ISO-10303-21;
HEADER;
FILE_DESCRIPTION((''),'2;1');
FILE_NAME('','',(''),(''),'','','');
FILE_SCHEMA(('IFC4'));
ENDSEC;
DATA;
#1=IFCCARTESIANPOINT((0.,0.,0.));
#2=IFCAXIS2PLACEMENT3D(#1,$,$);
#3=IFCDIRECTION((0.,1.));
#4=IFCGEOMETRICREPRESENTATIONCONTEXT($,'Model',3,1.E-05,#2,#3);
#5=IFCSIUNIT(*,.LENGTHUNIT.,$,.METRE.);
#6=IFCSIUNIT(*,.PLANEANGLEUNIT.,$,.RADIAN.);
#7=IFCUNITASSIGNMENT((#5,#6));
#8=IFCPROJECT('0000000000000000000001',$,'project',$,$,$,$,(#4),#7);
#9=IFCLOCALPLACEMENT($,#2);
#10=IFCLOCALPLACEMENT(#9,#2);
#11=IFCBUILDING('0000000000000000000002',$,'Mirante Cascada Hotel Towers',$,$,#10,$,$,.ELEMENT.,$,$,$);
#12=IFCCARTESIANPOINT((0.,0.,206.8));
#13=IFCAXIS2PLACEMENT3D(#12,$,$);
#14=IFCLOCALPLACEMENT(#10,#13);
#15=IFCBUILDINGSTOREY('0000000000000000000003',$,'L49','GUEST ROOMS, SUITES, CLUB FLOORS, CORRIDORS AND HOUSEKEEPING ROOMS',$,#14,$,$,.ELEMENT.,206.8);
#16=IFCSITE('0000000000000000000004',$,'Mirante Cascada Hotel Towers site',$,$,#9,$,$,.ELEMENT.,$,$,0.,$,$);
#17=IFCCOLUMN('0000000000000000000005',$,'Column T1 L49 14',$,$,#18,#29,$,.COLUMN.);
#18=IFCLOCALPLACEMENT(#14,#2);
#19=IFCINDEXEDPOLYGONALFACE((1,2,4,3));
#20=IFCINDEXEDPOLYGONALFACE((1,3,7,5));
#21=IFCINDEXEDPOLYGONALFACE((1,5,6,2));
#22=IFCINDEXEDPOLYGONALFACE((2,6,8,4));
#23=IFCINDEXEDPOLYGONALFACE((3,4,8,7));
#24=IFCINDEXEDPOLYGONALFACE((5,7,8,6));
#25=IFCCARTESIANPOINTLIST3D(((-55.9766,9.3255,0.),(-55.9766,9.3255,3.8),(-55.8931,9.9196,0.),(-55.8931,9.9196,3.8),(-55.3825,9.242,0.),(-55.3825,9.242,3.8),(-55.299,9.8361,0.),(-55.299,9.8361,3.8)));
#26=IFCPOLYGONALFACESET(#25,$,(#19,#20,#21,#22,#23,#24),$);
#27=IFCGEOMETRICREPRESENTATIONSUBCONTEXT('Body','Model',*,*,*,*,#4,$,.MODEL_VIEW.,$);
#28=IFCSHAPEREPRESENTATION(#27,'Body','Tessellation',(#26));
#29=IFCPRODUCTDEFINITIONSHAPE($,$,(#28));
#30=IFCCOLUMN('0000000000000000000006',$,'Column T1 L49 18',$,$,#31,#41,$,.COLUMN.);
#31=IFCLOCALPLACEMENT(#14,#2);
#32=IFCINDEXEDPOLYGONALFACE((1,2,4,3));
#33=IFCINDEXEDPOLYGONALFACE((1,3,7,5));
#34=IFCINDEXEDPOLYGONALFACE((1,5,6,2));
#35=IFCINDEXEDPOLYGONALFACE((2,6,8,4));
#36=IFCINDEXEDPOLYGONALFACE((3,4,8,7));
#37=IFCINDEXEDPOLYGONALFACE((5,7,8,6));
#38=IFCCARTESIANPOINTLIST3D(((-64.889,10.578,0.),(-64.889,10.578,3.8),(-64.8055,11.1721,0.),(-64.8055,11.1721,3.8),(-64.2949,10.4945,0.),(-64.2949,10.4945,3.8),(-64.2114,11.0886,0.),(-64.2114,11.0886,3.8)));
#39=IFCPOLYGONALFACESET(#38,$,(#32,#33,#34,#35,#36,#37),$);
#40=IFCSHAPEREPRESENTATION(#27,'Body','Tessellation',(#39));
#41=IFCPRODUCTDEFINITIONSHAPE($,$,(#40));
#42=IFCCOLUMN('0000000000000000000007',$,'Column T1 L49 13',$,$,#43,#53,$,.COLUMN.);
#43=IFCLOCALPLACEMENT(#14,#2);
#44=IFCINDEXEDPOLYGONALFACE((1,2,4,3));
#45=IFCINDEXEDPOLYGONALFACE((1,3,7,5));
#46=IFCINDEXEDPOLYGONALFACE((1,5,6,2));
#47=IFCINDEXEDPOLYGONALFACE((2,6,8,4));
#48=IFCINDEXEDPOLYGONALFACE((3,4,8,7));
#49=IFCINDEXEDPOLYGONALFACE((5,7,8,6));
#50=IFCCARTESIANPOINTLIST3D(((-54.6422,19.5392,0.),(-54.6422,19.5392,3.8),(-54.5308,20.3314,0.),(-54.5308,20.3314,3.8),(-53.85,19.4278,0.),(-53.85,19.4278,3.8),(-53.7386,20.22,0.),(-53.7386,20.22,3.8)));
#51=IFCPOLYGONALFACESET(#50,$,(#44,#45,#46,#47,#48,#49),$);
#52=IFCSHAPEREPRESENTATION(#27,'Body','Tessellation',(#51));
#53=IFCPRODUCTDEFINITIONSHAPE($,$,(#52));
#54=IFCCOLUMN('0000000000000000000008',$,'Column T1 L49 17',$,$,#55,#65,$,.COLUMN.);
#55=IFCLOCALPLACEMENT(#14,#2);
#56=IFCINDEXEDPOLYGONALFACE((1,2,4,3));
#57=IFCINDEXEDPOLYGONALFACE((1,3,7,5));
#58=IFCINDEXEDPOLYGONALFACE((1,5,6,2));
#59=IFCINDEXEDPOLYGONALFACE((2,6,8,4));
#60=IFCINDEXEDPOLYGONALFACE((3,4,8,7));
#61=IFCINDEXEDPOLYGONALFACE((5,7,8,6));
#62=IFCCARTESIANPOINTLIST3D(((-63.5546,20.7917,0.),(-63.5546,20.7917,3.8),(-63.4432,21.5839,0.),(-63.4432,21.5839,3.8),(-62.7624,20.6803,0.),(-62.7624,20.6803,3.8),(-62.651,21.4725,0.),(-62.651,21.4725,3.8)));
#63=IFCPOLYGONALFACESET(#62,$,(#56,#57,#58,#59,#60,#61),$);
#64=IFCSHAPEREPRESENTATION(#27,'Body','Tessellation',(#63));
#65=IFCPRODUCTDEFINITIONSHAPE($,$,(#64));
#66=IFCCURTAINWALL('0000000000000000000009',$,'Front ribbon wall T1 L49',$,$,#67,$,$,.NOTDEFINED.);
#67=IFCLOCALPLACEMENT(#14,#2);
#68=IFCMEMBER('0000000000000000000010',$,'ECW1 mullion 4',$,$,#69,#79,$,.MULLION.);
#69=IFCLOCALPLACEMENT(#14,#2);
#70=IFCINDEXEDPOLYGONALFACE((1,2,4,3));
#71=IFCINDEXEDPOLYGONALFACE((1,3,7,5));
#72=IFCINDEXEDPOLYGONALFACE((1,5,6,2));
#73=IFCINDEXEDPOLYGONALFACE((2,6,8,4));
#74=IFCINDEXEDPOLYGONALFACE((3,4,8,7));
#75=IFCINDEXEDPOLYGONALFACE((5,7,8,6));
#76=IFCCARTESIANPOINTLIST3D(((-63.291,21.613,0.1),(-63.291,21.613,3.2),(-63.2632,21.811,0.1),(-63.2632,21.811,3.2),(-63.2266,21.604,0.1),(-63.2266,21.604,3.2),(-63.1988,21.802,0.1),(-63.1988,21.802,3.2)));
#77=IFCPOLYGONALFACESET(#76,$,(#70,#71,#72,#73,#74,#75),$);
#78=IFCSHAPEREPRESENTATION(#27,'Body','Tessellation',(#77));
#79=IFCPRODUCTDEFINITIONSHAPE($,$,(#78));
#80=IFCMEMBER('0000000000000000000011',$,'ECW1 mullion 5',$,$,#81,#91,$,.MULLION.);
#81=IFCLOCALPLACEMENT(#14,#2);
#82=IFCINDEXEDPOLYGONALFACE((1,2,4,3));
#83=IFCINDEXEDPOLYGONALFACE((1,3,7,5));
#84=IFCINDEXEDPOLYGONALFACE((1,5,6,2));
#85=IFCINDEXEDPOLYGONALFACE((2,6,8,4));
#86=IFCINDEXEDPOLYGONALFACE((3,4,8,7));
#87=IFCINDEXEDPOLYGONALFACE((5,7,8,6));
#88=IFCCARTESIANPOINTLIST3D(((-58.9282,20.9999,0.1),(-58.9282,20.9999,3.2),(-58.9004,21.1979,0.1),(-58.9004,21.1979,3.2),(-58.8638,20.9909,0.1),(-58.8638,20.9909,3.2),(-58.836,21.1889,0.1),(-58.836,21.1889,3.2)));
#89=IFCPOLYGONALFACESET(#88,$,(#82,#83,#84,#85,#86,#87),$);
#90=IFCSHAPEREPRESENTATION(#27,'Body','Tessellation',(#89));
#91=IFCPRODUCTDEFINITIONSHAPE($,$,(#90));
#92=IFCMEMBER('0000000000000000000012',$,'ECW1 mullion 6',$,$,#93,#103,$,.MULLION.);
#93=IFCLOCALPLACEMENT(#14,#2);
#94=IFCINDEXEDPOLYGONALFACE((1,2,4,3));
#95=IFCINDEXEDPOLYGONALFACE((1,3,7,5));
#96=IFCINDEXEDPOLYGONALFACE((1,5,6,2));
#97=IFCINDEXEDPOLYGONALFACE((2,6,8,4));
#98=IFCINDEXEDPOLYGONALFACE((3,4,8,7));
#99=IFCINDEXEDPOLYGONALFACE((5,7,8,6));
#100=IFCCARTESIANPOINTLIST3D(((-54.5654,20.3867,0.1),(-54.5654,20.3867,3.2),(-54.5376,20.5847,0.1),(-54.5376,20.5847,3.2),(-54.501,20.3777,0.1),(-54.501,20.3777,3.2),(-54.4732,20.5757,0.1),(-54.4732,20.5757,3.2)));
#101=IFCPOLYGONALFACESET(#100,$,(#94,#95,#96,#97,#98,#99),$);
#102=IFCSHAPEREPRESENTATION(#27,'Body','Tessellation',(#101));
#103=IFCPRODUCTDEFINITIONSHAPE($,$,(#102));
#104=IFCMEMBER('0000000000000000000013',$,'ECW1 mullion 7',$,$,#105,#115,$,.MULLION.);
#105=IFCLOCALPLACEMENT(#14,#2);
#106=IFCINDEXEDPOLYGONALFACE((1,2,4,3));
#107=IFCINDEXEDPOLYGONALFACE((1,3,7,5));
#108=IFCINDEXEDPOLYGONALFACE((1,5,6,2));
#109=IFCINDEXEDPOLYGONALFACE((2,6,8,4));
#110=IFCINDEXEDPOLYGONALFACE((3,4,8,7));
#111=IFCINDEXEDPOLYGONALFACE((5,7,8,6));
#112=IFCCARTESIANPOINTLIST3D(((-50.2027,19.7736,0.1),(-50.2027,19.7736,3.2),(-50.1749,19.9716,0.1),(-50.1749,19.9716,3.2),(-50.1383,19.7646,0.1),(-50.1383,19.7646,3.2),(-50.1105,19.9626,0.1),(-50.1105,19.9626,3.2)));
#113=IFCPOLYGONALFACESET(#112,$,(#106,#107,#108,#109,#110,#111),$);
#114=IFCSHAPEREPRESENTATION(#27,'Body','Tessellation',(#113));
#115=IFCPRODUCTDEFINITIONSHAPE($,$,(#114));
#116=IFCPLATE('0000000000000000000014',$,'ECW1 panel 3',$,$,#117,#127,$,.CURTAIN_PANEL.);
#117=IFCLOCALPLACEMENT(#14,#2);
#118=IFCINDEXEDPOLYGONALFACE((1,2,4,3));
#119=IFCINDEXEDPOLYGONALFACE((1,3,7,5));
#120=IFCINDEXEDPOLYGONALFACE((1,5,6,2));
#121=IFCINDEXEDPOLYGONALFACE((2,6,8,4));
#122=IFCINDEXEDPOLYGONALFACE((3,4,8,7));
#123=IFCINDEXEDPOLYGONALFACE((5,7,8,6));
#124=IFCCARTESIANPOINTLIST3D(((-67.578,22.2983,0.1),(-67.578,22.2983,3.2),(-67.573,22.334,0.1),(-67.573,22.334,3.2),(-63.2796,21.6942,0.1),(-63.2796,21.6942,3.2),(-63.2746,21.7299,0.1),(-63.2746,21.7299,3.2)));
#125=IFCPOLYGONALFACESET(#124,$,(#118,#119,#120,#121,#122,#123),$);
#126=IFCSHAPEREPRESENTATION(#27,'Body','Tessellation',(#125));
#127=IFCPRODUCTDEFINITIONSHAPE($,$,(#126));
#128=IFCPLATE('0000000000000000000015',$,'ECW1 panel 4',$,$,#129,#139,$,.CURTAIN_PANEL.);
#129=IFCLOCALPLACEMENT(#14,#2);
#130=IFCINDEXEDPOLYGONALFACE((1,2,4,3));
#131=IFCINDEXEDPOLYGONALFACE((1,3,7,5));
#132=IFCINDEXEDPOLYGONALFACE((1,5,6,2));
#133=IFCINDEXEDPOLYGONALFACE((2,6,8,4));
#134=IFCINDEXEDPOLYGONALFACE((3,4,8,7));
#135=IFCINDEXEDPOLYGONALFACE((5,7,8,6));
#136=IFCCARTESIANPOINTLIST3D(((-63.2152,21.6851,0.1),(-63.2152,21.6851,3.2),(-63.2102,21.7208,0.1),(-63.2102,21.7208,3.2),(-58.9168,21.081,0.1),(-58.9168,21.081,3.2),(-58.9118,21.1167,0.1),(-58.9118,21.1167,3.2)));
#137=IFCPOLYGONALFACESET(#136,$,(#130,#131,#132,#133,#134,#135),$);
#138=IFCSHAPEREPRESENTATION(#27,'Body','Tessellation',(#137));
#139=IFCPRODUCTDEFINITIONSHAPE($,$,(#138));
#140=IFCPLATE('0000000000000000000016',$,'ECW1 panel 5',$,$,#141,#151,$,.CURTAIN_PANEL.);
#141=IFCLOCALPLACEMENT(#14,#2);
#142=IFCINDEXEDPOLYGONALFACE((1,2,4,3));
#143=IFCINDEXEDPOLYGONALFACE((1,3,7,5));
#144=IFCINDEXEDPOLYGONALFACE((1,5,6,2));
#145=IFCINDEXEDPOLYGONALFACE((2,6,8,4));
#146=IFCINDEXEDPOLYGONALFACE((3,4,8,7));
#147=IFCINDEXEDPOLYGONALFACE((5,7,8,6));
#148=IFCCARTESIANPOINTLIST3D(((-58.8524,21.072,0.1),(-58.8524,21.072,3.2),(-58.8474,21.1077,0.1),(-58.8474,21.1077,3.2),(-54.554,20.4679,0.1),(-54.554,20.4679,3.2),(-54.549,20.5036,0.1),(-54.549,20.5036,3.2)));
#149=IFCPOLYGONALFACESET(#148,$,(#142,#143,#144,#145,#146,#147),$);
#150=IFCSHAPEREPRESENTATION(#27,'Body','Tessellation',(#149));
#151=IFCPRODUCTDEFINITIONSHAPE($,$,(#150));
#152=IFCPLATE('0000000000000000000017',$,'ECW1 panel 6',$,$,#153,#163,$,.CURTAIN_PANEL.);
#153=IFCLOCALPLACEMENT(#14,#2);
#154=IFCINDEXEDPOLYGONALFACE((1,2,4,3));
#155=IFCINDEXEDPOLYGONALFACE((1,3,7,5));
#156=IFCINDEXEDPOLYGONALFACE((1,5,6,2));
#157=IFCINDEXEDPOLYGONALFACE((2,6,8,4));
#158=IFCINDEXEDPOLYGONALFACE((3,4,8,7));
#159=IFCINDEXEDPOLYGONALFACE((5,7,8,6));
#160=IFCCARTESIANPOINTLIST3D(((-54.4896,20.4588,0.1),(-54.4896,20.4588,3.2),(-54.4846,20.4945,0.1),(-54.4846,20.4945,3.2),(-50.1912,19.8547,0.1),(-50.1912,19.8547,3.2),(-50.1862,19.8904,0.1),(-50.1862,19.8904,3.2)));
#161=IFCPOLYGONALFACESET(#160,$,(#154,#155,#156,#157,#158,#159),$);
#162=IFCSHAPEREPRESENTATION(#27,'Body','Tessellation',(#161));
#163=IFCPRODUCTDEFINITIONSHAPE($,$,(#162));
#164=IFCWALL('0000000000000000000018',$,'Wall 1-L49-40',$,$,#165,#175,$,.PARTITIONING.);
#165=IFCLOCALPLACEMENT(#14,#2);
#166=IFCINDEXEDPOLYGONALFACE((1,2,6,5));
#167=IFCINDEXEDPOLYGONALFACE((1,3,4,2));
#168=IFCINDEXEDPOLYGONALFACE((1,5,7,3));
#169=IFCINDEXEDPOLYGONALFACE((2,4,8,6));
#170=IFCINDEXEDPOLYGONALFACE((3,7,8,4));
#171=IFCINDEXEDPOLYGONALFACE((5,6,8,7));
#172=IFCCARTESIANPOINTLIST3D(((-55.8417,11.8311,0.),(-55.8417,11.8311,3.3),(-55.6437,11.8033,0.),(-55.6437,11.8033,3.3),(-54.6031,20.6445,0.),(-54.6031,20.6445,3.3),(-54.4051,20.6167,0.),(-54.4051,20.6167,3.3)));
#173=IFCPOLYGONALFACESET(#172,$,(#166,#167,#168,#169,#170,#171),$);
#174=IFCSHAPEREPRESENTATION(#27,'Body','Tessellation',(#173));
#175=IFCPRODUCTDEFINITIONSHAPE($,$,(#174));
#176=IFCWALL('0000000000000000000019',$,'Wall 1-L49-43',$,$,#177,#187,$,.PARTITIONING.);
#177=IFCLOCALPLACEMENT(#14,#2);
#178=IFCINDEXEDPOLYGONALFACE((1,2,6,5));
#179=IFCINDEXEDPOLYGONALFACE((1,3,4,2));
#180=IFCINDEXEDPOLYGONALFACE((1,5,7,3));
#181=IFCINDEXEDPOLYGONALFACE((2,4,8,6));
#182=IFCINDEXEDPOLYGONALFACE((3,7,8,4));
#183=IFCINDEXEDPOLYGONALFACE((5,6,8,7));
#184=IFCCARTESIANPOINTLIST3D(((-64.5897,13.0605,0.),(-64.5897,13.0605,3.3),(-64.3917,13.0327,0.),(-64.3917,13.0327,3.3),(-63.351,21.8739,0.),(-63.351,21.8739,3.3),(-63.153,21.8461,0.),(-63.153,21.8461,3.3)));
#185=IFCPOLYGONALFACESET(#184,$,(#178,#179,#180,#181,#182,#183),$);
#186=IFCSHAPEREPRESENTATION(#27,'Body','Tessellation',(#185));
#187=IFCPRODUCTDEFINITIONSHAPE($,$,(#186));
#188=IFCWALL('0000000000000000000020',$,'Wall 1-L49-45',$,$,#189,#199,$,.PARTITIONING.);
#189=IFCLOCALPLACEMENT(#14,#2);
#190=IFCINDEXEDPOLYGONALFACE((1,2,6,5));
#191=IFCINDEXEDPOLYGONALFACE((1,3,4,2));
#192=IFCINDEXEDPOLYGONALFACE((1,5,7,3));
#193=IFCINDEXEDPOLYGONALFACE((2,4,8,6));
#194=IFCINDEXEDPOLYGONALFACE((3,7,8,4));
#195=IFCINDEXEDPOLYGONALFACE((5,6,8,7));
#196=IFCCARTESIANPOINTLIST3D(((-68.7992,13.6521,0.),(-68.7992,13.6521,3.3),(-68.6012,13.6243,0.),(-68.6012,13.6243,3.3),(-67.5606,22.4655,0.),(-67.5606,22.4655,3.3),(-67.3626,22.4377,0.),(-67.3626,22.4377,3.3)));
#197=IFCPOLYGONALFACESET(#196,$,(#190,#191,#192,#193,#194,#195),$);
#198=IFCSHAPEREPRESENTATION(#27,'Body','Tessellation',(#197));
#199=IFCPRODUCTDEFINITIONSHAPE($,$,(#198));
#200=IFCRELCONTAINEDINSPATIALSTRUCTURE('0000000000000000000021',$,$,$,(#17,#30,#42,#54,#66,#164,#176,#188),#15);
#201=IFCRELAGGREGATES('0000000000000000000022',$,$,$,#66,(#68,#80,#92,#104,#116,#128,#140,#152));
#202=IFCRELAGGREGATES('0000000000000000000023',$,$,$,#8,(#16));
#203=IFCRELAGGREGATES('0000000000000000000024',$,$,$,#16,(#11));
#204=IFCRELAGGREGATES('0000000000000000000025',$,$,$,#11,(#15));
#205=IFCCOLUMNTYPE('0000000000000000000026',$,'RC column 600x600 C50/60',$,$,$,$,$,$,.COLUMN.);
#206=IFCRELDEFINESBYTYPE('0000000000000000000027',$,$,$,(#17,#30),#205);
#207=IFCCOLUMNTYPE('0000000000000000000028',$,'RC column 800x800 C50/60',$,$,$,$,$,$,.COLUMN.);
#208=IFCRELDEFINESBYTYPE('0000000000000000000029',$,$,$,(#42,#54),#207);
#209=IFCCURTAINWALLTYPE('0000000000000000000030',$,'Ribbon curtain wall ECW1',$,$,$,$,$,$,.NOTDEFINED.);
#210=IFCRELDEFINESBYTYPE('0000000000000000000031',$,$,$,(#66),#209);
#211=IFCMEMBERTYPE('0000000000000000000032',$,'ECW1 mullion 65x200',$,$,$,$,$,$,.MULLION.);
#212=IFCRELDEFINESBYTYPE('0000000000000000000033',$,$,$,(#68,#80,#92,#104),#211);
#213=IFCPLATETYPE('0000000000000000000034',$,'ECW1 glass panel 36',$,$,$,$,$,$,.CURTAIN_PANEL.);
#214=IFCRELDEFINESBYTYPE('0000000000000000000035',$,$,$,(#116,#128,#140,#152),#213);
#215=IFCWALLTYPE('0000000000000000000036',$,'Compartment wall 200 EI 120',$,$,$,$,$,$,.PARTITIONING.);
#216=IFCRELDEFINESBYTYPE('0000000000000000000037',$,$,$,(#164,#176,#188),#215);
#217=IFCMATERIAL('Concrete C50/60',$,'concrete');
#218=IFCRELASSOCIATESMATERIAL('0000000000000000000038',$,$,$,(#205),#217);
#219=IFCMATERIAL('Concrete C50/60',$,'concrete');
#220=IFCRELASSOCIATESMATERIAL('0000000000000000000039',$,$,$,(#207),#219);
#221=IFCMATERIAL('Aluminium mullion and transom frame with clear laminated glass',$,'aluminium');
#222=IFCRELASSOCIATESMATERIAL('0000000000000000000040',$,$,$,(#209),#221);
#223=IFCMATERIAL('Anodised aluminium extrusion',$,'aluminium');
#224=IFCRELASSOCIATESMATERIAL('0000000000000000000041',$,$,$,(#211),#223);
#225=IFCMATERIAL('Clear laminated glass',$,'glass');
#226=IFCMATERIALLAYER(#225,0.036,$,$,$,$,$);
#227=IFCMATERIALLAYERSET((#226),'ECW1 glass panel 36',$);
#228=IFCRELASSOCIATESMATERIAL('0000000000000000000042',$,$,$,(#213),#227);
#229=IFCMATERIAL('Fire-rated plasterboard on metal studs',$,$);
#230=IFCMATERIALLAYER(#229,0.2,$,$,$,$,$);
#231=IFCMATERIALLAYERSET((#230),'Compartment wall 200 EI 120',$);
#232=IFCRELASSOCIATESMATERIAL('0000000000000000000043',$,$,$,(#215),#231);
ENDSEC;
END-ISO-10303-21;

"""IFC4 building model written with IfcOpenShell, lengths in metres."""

from ifc_helpers import new_model, si_unit, direction, frame, frame_2d, origin, origin_2d, place, context, subcontext, project, spatial, rectangle, extrude, material, layer, layer_set, material_profile, profile_set, type_object, element, aggregate, save


model = new_model("IFC4")

# Units and contexts
model_context = context("Model", 3, precision=1e-05, world=origin(), true_north=direction((0.0, 1.0)))
body_context = subcontext(model_context, "Body", "Model", "MODEL_VIEW")
ifc_project = project(units=[si_unit("LENGTHUNIT", "METRE"), si_unit("PLANEANGLEUNIT", "RADIAN")], contexts=[model_context])

# Site, building, storey
site_placement = place(None, origin())
site = spatial("IfcSite", under=ifc_project, at=site_placement, Name="Mirante Cascada Hotel Towers site", CompositionType="ELEMENT", RefElevation=0.0)
building_placement = place(site_placement, origin())
building = spatial("IfcBuilding", under=site, at=building_placement, Name="Mirante Cascada Hotel Towers", CompositionType="ELEMENT")
storey_placement = place(building_placement, frame((0.0, 0.0, 206.8)))
storey = spatial("IfcBuildingStorey", under=building, at=storey_placement, Name="L49", Description="GUEST ROOMS, SUITES, CLUB FLOORS, CORRIDORS AND HOUSEKEEPING ROOMS", CompositionType="ELEMENT", Elevation=206.8)

# Columns
ifc_material_1 = material(Name="Concrete C50/60", Category="concrete")
ifc_material_profile_1 = material_profile(ifc_material_1, rectangle(XDim=0.6, YDim=0.6, at=origin_2d()), Name="RC column 600x600 C50/60")
ifc_profile_set_1 = profile_set([ifc_material_profile_1], Name="Concrete C50/60")
column_type_1 = type_object("IfcColumnType", Name="RC column 600x600 C50/60", PredefinedType="COLUMN", material=ifc_profile_set_1)
for number, where, z_axis, x_axis, name in (
    (1, (-55.6378, 9.5808, 0.0), (0.0, 0.0, 1.0), (-0.990268, 0.139173, 0.0), "Column T1 L49 14"),
    (2, (-64.5502, 10.8333, 0.0), (0.0, 0.0, 1.0), (-0.990268, 0.139173, 0.0), "Column T1 L49 18"),
):
    element("IfcColumn", number, at=place(storey_placement, frame(where, z_axis=z_axis, x_axis=x_axis)), inside=storey, type_object=column_type_1, Name=name, PredefinedType="COLUMN", context=body_context, shape_type="SweptSolid", body=[
        extrude(rectangle(XDim=0.6, YDim=0.6, at=origin_2d()), origin(), (0.0, 0.0, 1.0), 3.8),
    ])
ifc_material_2 = material(Name="Concrete C50/60", Category="concrete")
ifc_material_profile_2 = material_profile(ifc_material_2, rectangle(XDim=0.8, YDim=0.8, at=origin_2d()), Name="RC column 800x800 C50/60")
ifc_profile_set_2 = profile_set([ifc_material_profile_2], Name="Concrete C50/60")
column_type_2 = type_object("IfcColumnType", Name="RC column 800x800 C50/60", PredefinedType="COLUMN", material=ifc_profile_set_2)
for number, where, z_axis, x_axis, name in (
    (3, (-54.1904, 19.8796, 0.0), (0.0, 0.0, 1.0), (-0.990268, 0.139173, 0.0), "Column T1 L49 13"),
    (4, (-63.1028, 21.1321, 0.0), (0.0, 0.0, 1.0), (-0.990268, 0.139173, 0.0), "Column T1 L49 17"),
):
    element("IfcColumn", number, at=place(storey_placement, frame(where, z_axis=z_axis, x_axis=x_axis)), inside=storey, type_object=column_type_2, Name=name, PredefinedType="COLUMN", context=body_context, shape_type="SweptSolid", body=[
        extrude(rectangle(XDim=0.8, YDim=0.8, at=origin_2d()), origin(), (0.0, 0.0, 1.0), 3.8),
    ])

# Curtain wall, members, plates
ifc_material_3 = material(Name="Aluminium mullion and transom frame with clear laminated glass", Category="aluminium")
curtain_wall_type = type_object("IfcCurtainWallType", Name="Ribbon curtain wall ECW1", PredefinedType="NOTDEFINED", material=ifc_material_3)
curtain_wall_placement = place(storey_placement, origin())
curtain_wall = element("IfcCurtainWall", 5, at=curtain_wall_placement, inside=storey, type_object=curtain_wall_type, Name="Front ribbon wall T1 L49", PredefinedType="NOTDEFINED")
ifc_material_4 = material(Name="Anodised aluminium extrusion", Category="aluminium")
ifc_material_profile_3 = material_profile(ifc_material_4, rectangle(XDim=0.2, YDim=0.065, at=origin_2d()), Name="ECW1 MULLION 65x200")
ifc_profile_set_3 = profile_set([ifc_material_profile_3], Name="Anodised aluminium extrusion")
member_type = type_object("IfcMemberType", Name="ECW1 mullion 65x200", PredefinedType="MULLION", material=ifc_profile_set_3)
member_1_placement = place(storey_placement, frame((-63.2449, 21.7075, 0.1), z_axis=(0.0, 0.0, 1.0), x_axis=(0.139173, 0.990268, 0.0)))
member_1 = element("IfcMember", 6, at=member_1_placement, type_object=member_type, Name="ECW1 mullion 4", PredefinedType="MULLION", context=body_context, shape_type="SweptSolid", body=[
    extrude(rectangle(XDim=0.2, YDim=0.065, at=origin_2d()), origin(), (0.0, 0.0, 1.0), 3.1),
])
member_2_placement = place(storey_placement, frame((-58.8821, 21.0944, 0.1), z_axis=(0.0, 0.0, 1.0), x_axis=(0.139173, 0.990268, 0.0)))
member_2 = element("IfcMember", 7, at=member_2_placement, type_object=member_type, Name="ECW1 mullion 5", PredefinedType="MULLION", context=body_context, shape_type="SweptSolid", body=[
    extrude(rectangle(XDim=0.2, YDim=0.065, at=origin_2d()), origin(), (0.0, 0.0, 1.0), 3.1),
])
member_3_placement = place(storey_placement, frame((-54.5193, 20.4812, 0.1), z_axis=(0.0, 0.0, 1.0), x_axis=(0.139173, 0.990268, 0.0)))
member_3 = element("IfcMember", 8, at=member_3_placement, type_object=member_type, Name="ECW1 mullion 6", PredefinedType="MULLION", context=body_context, shape_type="SweptSolid", body=[
    extrude(rectangle(XDim=0.2, YDim=0.065, at=origin_2d()), origin(), (0.0, 0.0, 1.0), 3.1),
])
member_4_placement = place(storey_placement, frame((-50.1566, 19.8681, 0.1), z_axis=(0.0, 0.0, 1.0), x_axis=(0.139173, 0.990268, 0.0)))
member_4 = element("IfcMember", 9, at=member_4_placement, type_object=member_type, Name="ECW1 mullion 7", PredefinedType="MULLION", context=body_context, shape_type="SweptSolid", body=[
    extrude(rectangle(XDim=0.2, YDim=0.065, at=origin_2d()), origin(), (0.0, 0.0, 1.0), 3.1),
])
ifc_material_5 = material(Name="Clear laminated glass", Category="glass")
ifc_layer_1 = layer(ifc_material_5, 0.036)
ifc_layer_set_1 = layer_set([ifc_layer_1], Name="ECW1 glass panel 36")
plate_type = type_object("IfcPlateType", Name="ECW1 glass panel 36", PredefinedType="CURTAIN_PANEL", material=ifc_layer_set_1)
plate_1_placement = place(storey_placement, frame((-65.4263, 22.0141, 0.1), z_axis=(0.0, 0.0, 1.0), x_axis=(0.990268, -0.139173, 0.0)))
plate_1 = element("IfcPlate", 10, at=plate_1_placement, type_object=plate_type, Name="ECW1 panel 3", PredefinedType="CURTAIN_PANEL", context=body_context, shape_type="SweptSolid", body=[
    extrude(rectangle(XDim=4.3407, YDim=0.036, at=origin_2d()), origin(), (0.0, 0.0, 1.0), 3.1),
])
plate_2_placement = place(storey_placement, frame((-61.0635, 21.4009, 0.1), z_axis=(0.0, 0.0, 1.0), x_axis=(0.990268, -0.139173, 0.0)))
plate_2 = element("IfcPlate", 11, at=plate_2_placement, type_object=plate_type, Name="ECW1 panel 4", PredefinedType="CURTAIN_PANEL", context=body_context, shape_type="SweptSolid", body=[
    extrude(rectangle(XDim=4.3407, YDim=0.036, at=origin_2d()), origin(), (0.0, 0.0, 1.0), 3.1),
])
plate_3_placement = place(storey_placement, frame((-56.7007, 20.7878, 0.1), z_axis=(0.0, 0.0, 1.0), x_axis=(0.990268, -0.139173, 0.0)))
plate_3 = element("IfcPlate", 12, at=plate_3_placement, type_object=plate_type, Name="ECW1 panel 5", PredefinedType="CURTAIN_PANEL", context=body_context, shape_type="SweptSolid", body=[
    extrude(rectangle(XDim=4.3407, YDim=0.036, at=origin_2d()), origin(), (0.0, 0.0, 1.0), 3.1),
])
plate_4_placement = place(storey_placement, frame((-52.3379, 20.1746, 0.1), z_axis=(0.0, 0.0, 1.0), x_axis=(0.990268, -0.139173, 0.0)))
plate_4 = element("IfcPlate", 13, at=plate_4_placement, type_object=plate_type, Name="ECW1 panel 6", PredefinedType="CURTAIN_PANEL", context=body_context, shape_type="SweptSolid", body=[
    extrude(rectangle(XDim=4.3407, YDim=0.036, at=origin_2d()), origin(), (0.0, 0.0, 1.0), 3.1),
])
aggregate(curtain_wall, [member_1, member_2, member_3, member_4, plate_1, plate_2, plate_3, plate_4])

# Walls
ifc_material_6 = material(Name="Fire-rated plasterboard on metal studs")
ifc_layer_2 = layer(ifc_material_6, 0.2)
ifc_layer_set_2 = layer_set([ifc_layer_2], Name="Compartment wall 200 EI 120")
wall_type_1 = type_object("IfcWallType", Name="Compartment wall 200 EI 120", PredefinedType="PARTITIONING", material=ifc_layer_set_2)
for number, where, z_axis, x_axis, name in (
    (14, (-55.7427, 11.8172, 0.0), (0.0, 0.0, 1.0), (0.139168, 0.990269, 0.0), "Wall 1-L49-40"),
    (15, (-63.252, 21.86, 0.0), (0.0, 0.0, 1.0), (-0.139179, -0.990267, 0.0), "Wall 1-L49-43"),
    (16, (-67.4616, 22.4516, 0.0), (0.0, 0.0, 1.0), (-0.139168, -0.990269, 0.0), "Wall 1-L49-45"),
):
    element("IfcWall", number, at=place(storey_placement, frame(where, z_axis=z_axis, x_axis=x_axis)), inside=storey, type_object=wall_type_1, Name=name, PredefinedType="PARTITIONING", context=body_context, shape_type="SweptSolid", body=[
        extrude(rectangle(XDim=8.9, YDim=0.2, at=frame_2d((4.45, 0.0))), origin(), (0.0, 0.0, 1.0), 3.3),
    ])

save(model, "model.ifc")
